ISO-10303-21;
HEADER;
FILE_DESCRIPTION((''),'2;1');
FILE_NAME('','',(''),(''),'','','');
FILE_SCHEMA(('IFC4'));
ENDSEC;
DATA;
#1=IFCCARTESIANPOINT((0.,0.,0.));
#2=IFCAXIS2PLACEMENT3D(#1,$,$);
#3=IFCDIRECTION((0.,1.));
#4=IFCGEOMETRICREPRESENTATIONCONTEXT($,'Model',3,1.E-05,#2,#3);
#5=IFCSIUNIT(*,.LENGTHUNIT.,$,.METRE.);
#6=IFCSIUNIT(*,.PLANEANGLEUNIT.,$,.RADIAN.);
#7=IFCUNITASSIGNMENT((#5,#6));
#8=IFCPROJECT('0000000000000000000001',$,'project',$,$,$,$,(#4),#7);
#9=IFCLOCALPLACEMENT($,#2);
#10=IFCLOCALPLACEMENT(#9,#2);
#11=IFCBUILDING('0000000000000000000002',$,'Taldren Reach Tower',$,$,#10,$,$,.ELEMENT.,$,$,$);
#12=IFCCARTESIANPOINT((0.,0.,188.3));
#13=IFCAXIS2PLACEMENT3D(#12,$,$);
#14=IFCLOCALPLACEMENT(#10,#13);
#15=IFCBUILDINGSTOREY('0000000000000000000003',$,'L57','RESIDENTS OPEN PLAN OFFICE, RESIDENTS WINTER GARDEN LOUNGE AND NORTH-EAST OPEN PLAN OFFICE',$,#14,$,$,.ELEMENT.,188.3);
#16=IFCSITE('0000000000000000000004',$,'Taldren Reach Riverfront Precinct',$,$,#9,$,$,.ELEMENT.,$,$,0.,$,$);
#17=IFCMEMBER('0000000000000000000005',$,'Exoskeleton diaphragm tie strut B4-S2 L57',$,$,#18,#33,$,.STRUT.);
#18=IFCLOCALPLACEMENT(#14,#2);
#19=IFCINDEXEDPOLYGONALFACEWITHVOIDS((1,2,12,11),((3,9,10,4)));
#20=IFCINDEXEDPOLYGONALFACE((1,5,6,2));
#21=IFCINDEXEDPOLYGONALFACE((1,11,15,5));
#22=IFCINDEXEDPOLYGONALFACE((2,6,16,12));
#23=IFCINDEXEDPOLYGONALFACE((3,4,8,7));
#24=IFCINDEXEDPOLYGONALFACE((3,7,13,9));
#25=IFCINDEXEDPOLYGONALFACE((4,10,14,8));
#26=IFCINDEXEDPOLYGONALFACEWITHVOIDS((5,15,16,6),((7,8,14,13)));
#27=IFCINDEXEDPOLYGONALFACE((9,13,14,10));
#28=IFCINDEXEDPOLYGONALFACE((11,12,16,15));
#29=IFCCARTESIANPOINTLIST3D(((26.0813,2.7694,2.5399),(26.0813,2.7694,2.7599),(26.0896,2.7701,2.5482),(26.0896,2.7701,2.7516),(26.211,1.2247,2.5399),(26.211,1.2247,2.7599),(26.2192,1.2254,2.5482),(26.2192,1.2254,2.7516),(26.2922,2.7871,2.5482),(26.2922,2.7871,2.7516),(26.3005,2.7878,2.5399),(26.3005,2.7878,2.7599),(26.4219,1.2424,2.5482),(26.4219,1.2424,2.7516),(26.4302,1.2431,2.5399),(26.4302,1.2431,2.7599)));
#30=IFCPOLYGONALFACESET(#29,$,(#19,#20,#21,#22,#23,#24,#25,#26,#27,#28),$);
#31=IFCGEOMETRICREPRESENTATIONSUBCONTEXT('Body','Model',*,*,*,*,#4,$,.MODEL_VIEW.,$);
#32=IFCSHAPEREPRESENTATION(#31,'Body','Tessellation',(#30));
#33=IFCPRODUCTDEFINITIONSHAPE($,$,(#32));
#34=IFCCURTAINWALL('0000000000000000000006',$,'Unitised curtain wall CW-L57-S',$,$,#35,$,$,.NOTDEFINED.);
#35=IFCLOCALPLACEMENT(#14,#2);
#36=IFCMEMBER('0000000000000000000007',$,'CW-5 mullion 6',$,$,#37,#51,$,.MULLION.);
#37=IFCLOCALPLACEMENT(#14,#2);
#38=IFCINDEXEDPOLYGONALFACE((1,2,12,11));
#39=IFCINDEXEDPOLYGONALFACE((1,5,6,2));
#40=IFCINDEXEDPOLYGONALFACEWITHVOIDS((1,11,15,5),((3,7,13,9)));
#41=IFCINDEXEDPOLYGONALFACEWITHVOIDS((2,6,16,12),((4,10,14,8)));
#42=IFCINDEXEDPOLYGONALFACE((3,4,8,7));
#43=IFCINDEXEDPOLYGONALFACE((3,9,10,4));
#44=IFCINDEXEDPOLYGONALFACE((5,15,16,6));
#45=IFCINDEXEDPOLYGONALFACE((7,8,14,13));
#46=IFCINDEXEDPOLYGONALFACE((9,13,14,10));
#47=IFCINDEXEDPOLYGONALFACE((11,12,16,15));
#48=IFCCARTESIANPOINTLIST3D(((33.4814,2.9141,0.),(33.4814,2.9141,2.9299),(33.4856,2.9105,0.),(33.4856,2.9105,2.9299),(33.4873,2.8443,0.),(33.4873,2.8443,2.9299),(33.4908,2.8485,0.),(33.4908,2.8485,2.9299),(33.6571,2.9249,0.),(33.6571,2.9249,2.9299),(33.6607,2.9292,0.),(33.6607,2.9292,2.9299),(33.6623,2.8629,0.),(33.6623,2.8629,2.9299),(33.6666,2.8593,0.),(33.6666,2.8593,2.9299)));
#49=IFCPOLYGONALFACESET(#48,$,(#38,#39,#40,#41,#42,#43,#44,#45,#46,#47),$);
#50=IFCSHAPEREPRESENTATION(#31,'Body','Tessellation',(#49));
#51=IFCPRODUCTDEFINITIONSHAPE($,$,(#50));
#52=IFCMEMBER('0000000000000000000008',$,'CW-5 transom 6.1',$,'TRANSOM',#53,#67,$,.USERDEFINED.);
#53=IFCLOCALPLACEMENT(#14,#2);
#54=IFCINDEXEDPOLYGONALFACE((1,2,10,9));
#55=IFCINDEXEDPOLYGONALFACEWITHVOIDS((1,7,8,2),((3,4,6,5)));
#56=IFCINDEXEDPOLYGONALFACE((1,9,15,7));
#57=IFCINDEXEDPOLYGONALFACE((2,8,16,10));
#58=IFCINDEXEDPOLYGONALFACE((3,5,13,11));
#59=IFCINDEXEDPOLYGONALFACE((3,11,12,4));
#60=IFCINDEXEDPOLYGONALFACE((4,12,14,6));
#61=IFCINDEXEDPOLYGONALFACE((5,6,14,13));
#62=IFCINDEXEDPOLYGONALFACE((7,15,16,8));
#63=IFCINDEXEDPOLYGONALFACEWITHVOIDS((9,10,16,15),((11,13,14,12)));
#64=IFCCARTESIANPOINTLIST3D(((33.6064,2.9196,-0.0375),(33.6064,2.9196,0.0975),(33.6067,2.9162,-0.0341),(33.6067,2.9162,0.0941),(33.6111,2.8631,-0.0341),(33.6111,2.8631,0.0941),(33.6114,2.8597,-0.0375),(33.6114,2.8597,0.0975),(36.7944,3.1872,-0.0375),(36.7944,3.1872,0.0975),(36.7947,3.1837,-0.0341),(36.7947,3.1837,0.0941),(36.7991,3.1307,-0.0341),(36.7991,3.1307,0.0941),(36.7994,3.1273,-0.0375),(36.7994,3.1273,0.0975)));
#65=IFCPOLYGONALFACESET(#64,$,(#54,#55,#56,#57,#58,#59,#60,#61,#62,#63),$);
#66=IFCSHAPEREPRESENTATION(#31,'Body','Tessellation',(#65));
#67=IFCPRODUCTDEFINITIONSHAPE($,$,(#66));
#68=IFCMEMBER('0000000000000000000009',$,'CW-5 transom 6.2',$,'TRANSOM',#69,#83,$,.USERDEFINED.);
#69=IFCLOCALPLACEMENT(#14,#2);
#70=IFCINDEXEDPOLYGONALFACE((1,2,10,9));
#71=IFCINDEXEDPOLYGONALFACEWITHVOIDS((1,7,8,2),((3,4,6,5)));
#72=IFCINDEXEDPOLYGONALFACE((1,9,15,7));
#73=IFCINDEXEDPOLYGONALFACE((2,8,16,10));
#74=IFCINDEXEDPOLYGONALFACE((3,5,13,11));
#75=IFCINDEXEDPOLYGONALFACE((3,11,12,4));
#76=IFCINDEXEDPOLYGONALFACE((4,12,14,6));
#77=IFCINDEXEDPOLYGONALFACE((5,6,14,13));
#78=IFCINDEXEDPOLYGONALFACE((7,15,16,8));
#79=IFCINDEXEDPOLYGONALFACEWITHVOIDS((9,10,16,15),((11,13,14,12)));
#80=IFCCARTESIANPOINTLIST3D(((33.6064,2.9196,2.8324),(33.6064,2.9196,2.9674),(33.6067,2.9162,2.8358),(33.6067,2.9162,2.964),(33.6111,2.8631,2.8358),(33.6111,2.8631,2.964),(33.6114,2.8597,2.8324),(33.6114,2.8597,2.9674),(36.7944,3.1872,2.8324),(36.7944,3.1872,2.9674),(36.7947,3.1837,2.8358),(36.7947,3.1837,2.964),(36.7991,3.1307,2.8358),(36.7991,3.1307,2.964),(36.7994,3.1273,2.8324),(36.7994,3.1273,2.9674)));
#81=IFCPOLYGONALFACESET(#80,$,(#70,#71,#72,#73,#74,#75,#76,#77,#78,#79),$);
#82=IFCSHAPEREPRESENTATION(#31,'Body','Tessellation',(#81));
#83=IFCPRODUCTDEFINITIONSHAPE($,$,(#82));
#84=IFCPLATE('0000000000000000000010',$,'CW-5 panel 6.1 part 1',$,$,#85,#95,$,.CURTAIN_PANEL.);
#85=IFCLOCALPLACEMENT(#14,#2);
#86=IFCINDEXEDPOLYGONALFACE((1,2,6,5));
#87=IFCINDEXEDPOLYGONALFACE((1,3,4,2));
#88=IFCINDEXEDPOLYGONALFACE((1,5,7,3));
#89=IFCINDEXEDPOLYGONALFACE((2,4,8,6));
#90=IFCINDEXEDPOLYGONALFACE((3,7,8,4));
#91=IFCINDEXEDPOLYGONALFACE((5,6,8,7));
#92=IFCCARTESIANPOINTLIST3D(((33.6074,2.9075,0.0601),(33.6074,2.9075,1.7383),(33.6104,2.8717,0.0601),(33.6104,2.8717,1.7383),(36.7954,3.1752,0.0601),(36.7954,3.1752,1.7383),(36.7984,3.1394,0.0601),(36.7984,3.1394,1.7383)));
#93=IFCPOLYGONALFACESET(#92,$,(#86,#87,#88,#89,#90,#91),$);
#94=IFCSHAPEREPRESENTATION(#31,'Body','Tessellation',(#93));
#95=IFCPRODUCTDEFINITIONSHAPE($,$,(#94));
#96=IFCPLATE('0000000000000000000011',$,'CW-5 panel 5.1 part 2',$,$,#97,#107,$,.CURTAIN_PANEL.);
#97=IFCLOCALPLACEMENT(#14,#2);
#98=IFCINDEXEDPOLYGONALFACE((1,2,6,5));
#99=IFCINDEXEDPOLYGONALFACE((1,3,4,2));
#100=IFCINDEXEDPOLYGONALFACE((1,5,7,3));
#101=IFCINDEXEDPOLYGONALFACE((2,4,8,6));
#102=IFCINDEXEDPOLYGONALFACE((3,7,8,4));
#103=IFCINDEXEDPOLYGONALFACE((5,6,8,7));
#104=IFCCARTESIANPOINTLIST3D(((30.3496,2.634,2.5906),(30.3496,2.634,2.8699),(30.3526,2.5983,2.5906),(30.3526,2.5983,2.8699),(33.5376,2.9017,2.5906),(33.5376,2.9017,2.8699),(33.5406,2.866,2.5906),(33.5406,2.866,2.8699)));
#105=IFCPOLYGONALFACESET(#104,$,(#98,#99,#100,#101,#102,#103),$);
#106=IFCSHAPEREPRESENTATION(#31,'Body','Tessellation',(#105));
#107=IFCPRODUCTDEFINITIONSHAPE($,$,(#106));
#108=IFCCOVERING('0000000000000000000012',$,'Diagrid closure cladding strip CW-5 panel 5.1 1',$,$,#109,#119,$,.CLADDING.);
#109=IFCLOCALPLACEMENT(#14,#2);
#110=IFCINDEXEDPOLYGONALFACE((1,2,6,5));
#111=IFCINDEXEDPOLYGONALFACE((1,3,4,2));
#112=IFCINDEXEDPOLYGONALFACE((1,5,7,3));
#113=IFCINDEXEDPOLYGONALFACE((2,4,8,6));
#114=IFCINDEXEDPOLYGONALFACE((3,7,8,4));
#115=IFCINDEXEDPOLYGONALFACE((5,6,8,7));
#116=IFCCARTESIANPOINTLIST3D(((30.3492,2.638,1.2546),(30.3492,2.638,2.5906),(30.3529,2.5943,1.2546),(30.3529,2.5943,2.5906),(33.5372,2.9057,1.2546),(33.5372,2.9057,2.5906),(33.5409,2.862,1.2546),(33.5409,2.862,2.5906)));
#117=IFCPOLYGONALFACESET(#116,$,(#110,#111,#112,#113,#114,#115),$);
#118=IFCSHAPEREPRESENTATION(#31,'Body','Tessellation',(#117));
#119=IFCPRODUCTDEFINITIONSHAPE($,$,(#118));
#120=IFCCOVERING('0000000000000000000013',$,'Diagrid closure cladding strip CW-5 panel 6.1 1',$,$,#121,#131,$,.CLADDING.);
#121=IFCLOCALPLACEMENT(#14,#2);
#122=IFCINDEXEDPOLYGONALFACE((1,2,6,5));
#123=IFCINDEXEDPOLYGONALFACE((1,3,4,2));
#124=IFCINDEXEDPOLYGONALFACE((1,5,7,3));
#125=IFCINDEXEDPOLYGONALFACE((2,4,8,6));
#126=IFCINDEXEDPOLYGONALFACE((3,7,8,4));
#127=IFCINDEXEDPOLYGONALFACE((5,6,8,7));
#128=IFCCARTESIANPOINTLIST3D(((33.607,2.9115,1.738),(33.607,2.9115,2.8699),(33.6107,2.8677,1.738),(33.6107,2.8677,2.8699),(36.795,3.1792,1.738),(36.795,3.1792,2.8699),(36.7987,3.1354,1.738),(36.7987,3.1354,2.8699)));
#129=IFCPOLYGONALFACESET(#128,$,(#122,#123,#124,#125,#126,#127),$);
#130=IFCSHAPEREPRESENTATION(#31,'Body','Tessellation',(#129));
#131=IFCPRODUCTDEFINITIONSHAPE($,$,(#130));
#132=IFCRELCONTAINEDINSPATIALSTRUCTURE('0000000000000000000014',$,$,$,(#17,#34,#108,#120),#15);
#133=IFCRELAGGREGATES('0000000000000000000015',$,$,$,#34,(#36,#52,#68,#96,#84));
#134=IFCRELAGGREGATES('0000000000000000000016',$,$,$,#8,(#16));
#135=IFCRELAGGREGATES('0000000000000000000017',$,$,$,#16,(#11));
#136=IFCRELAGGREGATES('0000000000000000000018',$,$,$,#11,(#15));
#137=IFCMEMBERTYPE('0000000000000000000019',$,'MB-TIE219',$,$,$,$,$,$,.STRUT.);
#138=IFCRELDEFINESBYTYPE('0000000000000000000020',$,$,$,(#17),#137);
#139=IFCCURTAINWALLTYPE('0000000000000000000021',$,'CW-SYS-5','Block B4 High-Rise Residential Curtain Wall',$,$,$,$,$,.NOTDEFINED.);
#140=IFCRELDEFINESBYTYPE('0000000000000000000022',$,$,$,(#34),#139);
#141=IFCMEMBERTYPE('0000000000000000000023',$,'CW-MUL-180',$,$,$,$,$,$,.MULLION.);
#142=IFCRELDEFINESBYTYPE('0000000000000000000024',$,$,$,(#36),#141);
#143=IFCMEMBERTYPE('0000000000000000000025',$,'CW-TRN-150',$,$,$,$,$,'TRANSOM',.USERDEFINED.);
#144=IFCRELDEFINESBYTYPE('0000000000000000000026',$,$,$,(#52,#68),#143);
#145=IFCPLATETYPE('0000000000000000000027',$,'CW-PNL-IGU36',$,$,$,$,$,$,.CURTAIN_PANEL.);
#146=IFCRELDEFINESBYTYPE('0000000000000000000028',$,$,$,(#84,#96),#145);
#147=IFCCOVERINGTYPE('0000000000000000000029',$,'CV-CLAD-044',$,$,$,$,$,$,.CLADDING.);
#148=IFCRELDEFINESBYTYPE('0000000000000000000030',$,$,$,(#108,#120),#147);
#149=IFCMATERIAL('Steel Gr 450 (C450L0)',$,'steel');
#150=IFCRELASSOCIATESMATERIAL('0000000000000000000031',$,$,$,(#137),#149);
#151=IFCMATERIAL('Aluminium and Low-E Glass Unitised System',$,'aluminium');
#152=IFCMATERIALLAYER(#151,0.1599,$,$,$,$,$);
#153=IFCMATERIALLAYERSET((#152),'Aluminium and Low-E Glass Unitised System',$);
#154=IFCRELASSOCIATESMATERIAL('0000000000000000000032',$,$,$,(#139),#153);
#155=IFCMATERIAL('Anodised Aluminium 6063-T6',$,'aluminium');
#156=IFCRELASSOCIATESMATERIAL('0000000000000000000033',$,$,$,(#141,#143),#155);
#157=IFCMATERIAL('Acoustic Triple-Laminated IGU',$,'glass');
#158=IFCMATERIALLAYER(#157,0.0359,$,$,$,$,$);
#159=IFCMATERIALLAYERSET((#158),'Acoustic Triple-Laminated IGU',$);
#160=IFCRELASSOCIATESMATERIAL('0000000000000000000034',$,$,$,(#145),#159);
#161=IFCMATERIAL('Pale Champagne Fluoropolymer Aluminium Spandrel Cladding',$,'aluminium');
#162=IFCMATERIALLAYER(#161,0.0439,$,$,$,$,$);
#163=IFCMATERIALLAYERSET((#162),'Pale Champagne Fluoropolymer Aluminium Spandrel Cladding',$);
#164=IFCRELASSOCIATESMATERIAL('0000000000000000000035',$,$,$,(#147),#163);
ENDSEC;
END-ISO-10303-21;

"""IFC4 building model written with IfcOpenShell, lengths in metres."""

from ifc_helpers import new_model, si_unit, direction, frame, origin, origin_2d, place, context, subcontext, project, spatial, rectangle, hollow_rectangle, extrude, source, transform, mapped, material, layer, layer_set, material_profile, profile_set, type_object, element, aggregate, save


model = new_model("IFC4")

# Units and contexts
model_context = context("Model", 3, precision=1e-05, world=origin(), true_north=direction((0.0, 1.0)))
body_context = subcontext(model_context, "Body", "Model", "MODEL_VIEW")
ifc_project = project(units=[si_unit("LENGTHUNIT", "METRE"), si_unit("PLANEANGLEUNIT", "RADIAN")], contexts=[model_context])

# Site, building, storey
site_placement = place(None, origin())
site = spatial("IfcSite", under=ifc_project, at=site_placement, Name="Taldren Reach Riverfront Precinct", CompositionType="ELEMENT", RefElevation=0.0)
building_placement = place(site_placement, origin())
building = spatial("IfcBuilding", under=site, at=building_placement, Name="Taldren Reach Tower", CompositionType="ELEMENT")
storey_placement = place(building_placement, frame((0.0, 0.0, 188.3)))
storey = spatial("IfcBuildingStorey", under=building, at=storey_placement, Name="L57", Description="RESIDENTS OPEN PLAN OFFICE, RESIDENTS WINTER GARDEN LOUNGE AND NORTH-EAST OPEN PLAN OFFICE", CompositionType="ELEMENT", Elevation=188.3)

# Member
ifc_material_1 = material(Name="Steel Gr 450 (C450L0)", Category="steel")
ifc_material_profile_1 = material_profile(ifc_material_1, hollow_rectangle(XDim=0.22, YDim=0.22, WallThickness=0.0083, at=origin_2d()), Name="220x220x8.2SHS")
ifc_profile_set_1 = profile_set([ifc_material_profile_1], Name="Steel Gr 450 (C450L0)")
member_type_1 = type_object("IfcMemberType", Name="MB-TIE219", PredefinedType="STRUT", material=ifc_profile_set_1)
shared_shape_1 = source(origin(), body_context, "Body", "SweptSolid", [
    extrude(hollow_rectangle(XDim=0.22, YDim=0.22, WallThickness=0.0083, at=origin_2d()), origin(), (0.0, 0.0, 1.0), 1.55),
])
member_1_placement = place(storey_placement, frame((26.1909, 2.7786, 2.6499), z_axis=(0.083632, -0.996497, 0.0), x_axis=(0.996497, 0.083632, 0.0)))
element("IfcMember", 1, at=member_1_placement, inside=storey, type_object=member_type_1, Name="Exoskeleton diaphragm tie strut B4-S2 L57", PredefinedType="STRUT", context=body_context, shape_type="MappedRepresentation", body=[
    mapped(shared_shape_1, transform((0.0, 0.0, 0.0), scale=1.0)),
])

# Curtain wall, members, plates
ifc_material_2 = material(Name="Aluminium and Low-E Glass Unitised System", Category="aluminium")
ifc_layer_1 = layer(ifc_material_2, 0.1599)
ifc_layer_set_1 = layer_set([ifc_layer_1], Name="Aluminium and Low-E Glass Unitised System")
curtain_wall_type = type_object("IfcCurtainWallType", Name="CW-SYS-5", Description="Block B4 High-Rise Residential Curtain Wall", PredefinedType="NOTDEFINED", material=ifc_layer_set_1)
curtain_wall_placement = place(storey_placement, origin())
curtain_wall = element("IfcCurtainWall", 2, at=curtain_wall_placement, inside=storey, type_object=curtain_wall_type, Name="Unitised curtain wall CW-L57-S", PredefinedType="NOTDEFINED")
ifc_material_3 = material(Name="Anodised Aluminium 6063-T6", Category="aluminium")
ifc_material_profile_2 = material_profile(ifc_material_3, hollow_rectangle(XDim=0.0701, YDim=0.1799, WallThickness=0.0039, at=origin_2d()), Name="ALU-180x70x4RHS")
ifc_profile_set_2 = profile_set([ifc_material_profile_2], Name="Anodised Aluminium 6063-T6")
member_type_2 = type_object("IfcMemberType", Name="CW-MUL-180", PredefinedType="MULLION", material=ifc_profile_set_2)
shared_shape_2 = source(origin(), body_context, "Body", "SweptSolid", [
    extrude(hollow_rectangle(XDim=0.0701, YDim=0.1799, WallThickness=0.0039, at=origin_2d()), origin(), (0.0, 0.0, 1.0), 2.9299),
])
member_2_placement = place(storey_placement, frame((33.574, 2.8867, 0.0), z_axis=(0.0, 0.0, 1.0), x_axis=(-0.083678, 0.996493, 0.0)))
member_2 = element("IfcMember", 3, at=member_2_placement, type_object=member_type_2, Name="CW-5 mullion 6", PredefinedType="MULLION", context=body_context, shape_type="MappedRepresentation", body=[
    mapped(shared_shape_2, transform((0.0, 0.0, 0.0), scale=1.0)),
])
ifc_material_profile_3 = material_profile(ifc_material_3, hollow_rectangle(XDim=0.0601, YDim=0.135, WallThickness=0.0034, at=origin_2d()), Name="ALU-135x60x3.5RHS")
ifc_profile_set_3 = profile_set([ifc_material_profile_3], Name="Anodised Aluminium 6063-T6")
member_type_3 = type_object("IfcMemberType", Name="CW-TRN-150", ElementType="TRANSOM", PredefinedType="USERDEFINED", material=ifc_profile_set_3)
shared_shape_3 = source(origin(), body_context, "Body", "SweptSolid", [
    extrude(hollow_rectangle(XDim=0.0601, YDim=0.135, WallThickness=0.0034, at=origin_2d()), origin(), (0.0, 0.0, 1.0), 3.1992),
])
member_3_placement = place(storey_placement, frame((33.6089, 2.8896, 0.03), z_axis=(0.996496, 0.083639, 0.0), x_axis=(-0.083639, 0.996496, 0.0)))
member_3 = element("IfcMember", 4, at=member_3_placement, type_object=member_type_3, Name="CW-5 transom 6.1", ObjectType="TRANSOM", PredefinedType="USERDEFINED", context=body_context, shape_type="MappedRepresentation", body=[
    mapped(shared_shape_3, transform((0.0, 0.0, 0.0), scale=1.0)),
])
member_4_placement = place(storey_placement, frame((33.6089, 2.8896, 2.8999), z_axis=(0.996496, 0.083639, 0.0), x_axis=(-0.083639, 0.996496, 0.0)))
member_4 = element("IfcMember", 5, at=member_4_placement, type_object=member_type_3, Name="CW-5 transom 6.2", ObjectType="TRANSOM", PredefinedType="USERDEFINED", context=body_context, shape_type="MappedRepresentation", body=[
    mapped(shared_shape_3, transform((0.0, 0.0, 0.0), scale=1.0)),
])
ifc_material_4 = material(Name="Acoustic Triple-Laminated IGU", Category="glass")
ifc_layer_2 = layer(ifc_material_4, 0.0359)
ifc_layer_set_2 = layer_set([ifc_layer_2], Name="Acoustic Triple-Laminated IGU")
plate_type = type_object("IfcPlateType", Name="CW-PNL-IGU36", PredefinedType="CURTAIN_PANEL", material=ifc_layer_set_2)
shared_shape_4 = source(origin(), body_context, "Body", "SweptSolid", [
    extrude(rectangle(XDim=3.1992, YDim=0.0359, at=origin_2d()), origin(), (0.0, 0.0, 1.0), 1.6782),
])
plate_1_placement = place(storey_placement, frame((35.2029, 3.0234, 0.0601), z_axis=(0.0, 0.0, 1.0), x_axis=(0.996493, 0.083678, 0.0)))
plate_1 = element("IfcPlate", 6, at=plate_1_placement, type_object=plate_type, Name="CW-5 panel 6.1 part 1", PredefinedType="CURTAIN_PANEL", context=body_context, shape_type="MappedRepresentation", body=[
    mapped(shared_shape_4, transform((0.0, 0.0, 0.0), scale=1.0)),
])
shared_shape_5 = source(origin(), body_context, "Body", "SweptSolid", [
    extrude(rectangle(XDim=3.1992, YDim=0.0359, at=origin_2d()), origin(), (0.0, 0.0, 1.0), 0.2793),
])
plate_2_placement = place(storey_placement, frame((31.9451, 2.75, 2.5906), z_axis=(0.0, 0.0, 1.0), x_axis=(0.996493, 0.083678, 0.0)))
plate_2 = element("IfcPlate", 7, at=plate_2_placement, type_object=plate_type, Name="CW-5 panel 5.1 part 2", PredefinedType="CURTAIN_PANEL", context=body_context, shape_type="MappedRepresentation", body=[
    mapped(shared_shape_5, transform((0.0, 0.0, 0.0), scale=1.0)),
])
aggregate(curtain_wall, [member_2, member_3, member_4, plate_2, plate_1])

# Coverings
ifc_material_5 = material(Name="Pale Champagne Fluoropolymer Aluminium Spandrel Cladding", Category="aluminium")
ifc_layer_3 = layer(ifc_material_5, 0.0439)
ifc_layer_set_3 = layer_set([ifc_layer_3], Name="Pale Champagne Fluoropolymer Aluminium Spandrel Cladding")
covering_type = type_object("IfcCoveringType", Name="CV-CLAD-044", PredefinedType="CLADDING", material=ifc_layer_set_3)
shared_shape_6 = source(origin(), body_context, "Body", "SweptSolid", [
    extrude(rectangle(XDim=3.1992, YDim=0.0439, at=origin_2d()), origin(), (0.0, 0.0, 1.0), 1.3359),
])
covering_1_placement = place(storey_placement, frame((31.9451, 2.75, 1.2546), z_axis=(0.0, 0.0, 1.0), x_axis=(0.996493, 0.083678, 0.0)))
element("IfcCovering", 8, at=covering_1_placement, inside=storey, type_object=covering_type, Name="Diagrid closure cladding strip CW-5 panel 5.1 1", PredefinedType="CLADDING", context=body_context, shape_type="MappedRepresentation", body=[
    mapped(shared_shape_6, transform((0.0, 0.0, 0.0), scale=1.0)),
])
shared_shape_7 = source(origin(), body_context, "Body", "SweptSolid", [
    extrude(rectangle(XDim=3.1992, YDim=0.0439, at=origin_2d()), origin(), (0.0, 0.0, 1.0), 1.1318),
])
covering_2_placement = place(storey_placement, frame((35.2029, 3.0234, 1.738), z_axis=(0.0, 0.0, 1.0), x_axis=(0.996493, 0.083678, 0.0)))
element("IfcCovering", 9, at=covering_2_placement, inside=storey, type_object=covering_type, Name="Diagrid closure cladding strip CW-5 panel 6.1 1", PredefinedType="CLADDING", context=body_context, shape_type="MappedRepresentation", body=[
    mapped(shared_shape_7, transform((0.0, 0.0, 0.0), scale=1.0)),
])

save(model, "model.ifc")
